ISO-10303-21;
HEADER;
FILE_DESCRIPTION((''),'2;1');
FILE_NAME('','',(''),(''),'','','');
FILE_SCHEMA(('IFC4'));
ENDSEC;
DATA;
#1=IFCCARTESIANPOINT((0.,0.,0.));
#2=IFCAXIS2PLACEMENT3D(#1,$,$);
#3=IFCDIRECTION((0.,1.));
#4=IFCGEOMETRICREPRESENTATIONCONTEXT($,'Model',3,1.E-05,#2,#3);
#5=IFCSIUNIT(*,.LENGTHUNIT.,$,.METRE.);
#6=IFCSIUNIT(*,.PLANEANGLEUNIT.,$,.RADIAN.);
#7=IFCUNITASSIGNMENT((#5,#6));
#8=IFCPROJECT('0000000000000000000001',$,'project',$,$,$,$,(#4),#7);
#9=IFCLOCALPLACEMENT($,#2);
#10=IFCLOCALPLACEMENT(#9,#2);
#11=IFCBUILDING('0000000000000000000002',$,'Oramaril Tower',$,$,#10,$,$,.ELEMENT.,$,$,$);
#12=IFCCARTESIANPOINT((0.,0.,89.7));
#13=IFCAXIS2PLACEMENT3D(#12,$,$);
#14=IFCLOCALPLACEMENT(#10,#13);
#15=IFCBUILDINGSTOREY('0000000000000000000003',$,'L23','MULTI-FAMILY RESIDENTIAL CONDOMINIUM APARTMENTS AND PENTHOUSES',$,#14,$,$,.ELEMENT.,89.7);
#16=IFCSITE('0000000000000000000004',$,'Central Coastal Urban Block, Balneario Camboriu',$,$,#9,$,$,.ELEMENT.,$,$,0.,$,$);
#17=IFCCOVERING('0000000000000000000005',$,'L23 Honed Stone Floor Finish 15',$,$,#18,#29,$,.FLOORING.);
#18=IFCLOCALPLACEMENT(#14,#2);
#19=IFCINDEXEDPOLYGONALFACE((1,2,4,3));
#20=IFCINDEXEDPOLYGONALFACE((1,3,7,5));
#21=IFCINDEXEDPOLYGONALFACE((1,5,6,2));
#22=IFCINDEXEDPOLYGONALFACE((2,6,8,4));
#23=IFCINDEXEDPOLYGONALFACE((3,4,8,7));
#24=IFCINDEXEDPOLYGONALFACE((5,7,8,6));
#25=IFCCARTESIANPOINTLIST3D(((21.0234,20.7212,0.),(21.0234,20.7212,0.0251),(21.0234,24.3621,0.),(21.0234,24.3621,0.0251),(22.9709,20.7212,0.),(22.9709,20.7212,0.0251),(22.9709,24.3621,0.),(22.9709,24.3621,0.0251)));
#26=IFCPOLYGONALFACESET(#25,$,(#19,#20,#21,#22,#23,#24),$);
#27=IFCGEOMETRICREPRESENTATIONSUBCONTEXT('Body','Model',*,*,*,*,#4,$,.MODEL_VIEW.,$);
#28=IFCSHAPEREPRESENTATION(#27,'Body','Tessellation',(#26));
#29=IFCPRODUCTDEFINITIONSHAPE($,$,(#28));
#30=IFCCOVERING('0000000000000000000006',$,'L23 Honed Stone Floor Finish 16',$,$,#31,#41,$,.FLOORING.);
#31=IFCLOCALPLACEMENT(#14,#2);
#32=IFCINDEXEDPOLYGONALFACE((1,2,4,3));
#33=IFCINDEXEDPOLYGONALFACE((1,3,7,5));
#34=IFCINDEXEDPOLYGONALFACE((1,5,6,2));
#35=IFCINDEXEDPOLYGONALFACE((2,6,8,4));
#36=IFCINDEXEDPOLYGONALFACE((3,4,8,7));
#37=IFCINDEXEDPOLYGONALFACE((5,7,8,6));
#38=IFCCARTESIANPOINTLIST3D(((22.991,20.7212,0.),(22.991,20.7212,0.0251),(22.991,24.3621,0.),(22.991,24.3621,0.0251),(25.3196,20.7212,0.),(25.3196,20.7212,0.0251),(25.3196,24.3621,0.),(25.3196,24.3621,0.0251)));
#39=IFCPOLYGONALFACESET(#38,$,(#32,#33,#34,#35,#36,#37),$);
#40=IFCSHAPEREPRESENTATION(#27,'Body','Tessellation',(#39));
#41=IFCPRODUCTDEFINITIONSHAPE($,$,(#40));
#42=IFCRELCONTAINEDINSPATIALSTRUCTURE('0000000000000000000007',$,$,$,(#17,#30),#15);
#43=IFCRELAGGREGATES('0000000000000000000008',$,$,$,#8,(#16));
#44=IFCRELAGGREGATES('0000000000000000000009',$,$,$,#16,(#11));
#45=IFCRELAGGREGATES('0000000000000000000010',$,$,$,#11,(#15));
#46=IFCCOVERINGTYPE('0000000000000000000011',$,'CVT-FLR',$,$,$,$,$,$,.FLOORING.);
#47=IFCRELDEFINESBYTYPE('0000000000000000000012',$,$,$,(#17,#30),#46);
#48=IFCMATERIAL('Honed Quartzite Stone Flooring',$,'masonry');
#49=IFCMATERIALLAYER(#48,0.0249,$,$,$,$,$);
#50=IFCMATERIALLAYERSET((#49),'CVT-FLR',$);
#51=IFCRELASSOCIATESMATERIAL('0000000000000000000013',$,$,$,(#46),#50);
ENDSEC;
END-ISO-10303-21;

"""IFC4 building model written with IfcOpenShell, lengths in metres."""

from ifc_helpers import new_model, si_unit, direction, frame, origin, place, context, subcontext, project, spatial, polyline, outline, extrude, material, layer, layer_set, type_object, element, save


model = new_model("IFC4")

# Units and contexts
model_context = context("Model", 3, precision=1e-05, world=origin(), true_north=direction((0.0, 1.0)))
body_context = subcontext(model_context, "Body", "Model", "MODEL_VIEW")
ifc_project = project(units=[si_unit("LENGTHUNIT", "METRE"), si_unit("PLANEANGLEUNIT", "RADIAN")], contexts=[model_context])

# Site, building, storey
site_placement = place(None, origin())
site = spatial("IfcSite", under=ifc_project, at=site_placement, Name="Central Coastal Urban Block, Balneario Camboriu", CompositionType="ELEMENT", RefElevation=0.0)
building_placement = place(site_placement, origin())
building = spatial("IfcBuilding", under=site, at=building_placement, Name="Oramaril Tower", CompositionType="ELEMENT")
storey_placement = place(building_placement, frame((0.0, 0.0, 89.7)))
storey = spatial("IfcBuildingStorey", under=building, at=storey_placement, Name="L23", Description="MULTI-FAMILY RESIDENTIAL CONDOMINIUM APARTMENTS AND PENTHOUSES", CompositionType="ELEMENT", Elevation=89.7)

# Coverings
ifc_material_1 = material(Name="Honed Quartzite Stone Flooring", Category="masonry")
ifc_layer_1 = layer(ifc_material_1, 0.0249)
ifc_layer_set_1 = layer_set([ifc_layer_1], Name="CVT-FLR")
covering_type_1 = type_object("IfcCoveringType", Name="CVT-FLR", PredefinedType="FLOORING", material=ifc_layer_set_1)
covering_1_placement = place(storey_placement, origin())
element("IfcCovering", 1, at=covering_1_placement, inside=storey, type_object=covering_type_1, Name="L23 Honed Stone Floor Finish 15", PredefinedType="FLOORING", context=body_context, shape_type="SweptSolid", body=[
    extrude(outline(polyline([(22.9709, 24.3621), (22.9709, 20.7212), (21.0234, 20.7212), (21.0234, 24.3621), (22.9709, 24.3621)])), origin(), (0.0, 0.0, 1.0), 0.0251),
])
covering_2_placement = place(storey_placement, origin())
element("IfcCovering", 2, at=covering_2_placement, inside=storey, type_object=covering_type_1, Name="L23 Honed Stone Floor Finish 16", PredefinedType="FLOORING", context=body_context, shape_type="SweptSolid", body=[
    extrude(outline(polyline([(25.3196, 24.3621), (25.3196, 20.7212), (22.991, 20.7212), (22.991, 24.3621), (25.3196, 24.3621)])), origin(), (0.0, 0.0, 1.0), 0.0251),
])

save(model, "model.ifc")
